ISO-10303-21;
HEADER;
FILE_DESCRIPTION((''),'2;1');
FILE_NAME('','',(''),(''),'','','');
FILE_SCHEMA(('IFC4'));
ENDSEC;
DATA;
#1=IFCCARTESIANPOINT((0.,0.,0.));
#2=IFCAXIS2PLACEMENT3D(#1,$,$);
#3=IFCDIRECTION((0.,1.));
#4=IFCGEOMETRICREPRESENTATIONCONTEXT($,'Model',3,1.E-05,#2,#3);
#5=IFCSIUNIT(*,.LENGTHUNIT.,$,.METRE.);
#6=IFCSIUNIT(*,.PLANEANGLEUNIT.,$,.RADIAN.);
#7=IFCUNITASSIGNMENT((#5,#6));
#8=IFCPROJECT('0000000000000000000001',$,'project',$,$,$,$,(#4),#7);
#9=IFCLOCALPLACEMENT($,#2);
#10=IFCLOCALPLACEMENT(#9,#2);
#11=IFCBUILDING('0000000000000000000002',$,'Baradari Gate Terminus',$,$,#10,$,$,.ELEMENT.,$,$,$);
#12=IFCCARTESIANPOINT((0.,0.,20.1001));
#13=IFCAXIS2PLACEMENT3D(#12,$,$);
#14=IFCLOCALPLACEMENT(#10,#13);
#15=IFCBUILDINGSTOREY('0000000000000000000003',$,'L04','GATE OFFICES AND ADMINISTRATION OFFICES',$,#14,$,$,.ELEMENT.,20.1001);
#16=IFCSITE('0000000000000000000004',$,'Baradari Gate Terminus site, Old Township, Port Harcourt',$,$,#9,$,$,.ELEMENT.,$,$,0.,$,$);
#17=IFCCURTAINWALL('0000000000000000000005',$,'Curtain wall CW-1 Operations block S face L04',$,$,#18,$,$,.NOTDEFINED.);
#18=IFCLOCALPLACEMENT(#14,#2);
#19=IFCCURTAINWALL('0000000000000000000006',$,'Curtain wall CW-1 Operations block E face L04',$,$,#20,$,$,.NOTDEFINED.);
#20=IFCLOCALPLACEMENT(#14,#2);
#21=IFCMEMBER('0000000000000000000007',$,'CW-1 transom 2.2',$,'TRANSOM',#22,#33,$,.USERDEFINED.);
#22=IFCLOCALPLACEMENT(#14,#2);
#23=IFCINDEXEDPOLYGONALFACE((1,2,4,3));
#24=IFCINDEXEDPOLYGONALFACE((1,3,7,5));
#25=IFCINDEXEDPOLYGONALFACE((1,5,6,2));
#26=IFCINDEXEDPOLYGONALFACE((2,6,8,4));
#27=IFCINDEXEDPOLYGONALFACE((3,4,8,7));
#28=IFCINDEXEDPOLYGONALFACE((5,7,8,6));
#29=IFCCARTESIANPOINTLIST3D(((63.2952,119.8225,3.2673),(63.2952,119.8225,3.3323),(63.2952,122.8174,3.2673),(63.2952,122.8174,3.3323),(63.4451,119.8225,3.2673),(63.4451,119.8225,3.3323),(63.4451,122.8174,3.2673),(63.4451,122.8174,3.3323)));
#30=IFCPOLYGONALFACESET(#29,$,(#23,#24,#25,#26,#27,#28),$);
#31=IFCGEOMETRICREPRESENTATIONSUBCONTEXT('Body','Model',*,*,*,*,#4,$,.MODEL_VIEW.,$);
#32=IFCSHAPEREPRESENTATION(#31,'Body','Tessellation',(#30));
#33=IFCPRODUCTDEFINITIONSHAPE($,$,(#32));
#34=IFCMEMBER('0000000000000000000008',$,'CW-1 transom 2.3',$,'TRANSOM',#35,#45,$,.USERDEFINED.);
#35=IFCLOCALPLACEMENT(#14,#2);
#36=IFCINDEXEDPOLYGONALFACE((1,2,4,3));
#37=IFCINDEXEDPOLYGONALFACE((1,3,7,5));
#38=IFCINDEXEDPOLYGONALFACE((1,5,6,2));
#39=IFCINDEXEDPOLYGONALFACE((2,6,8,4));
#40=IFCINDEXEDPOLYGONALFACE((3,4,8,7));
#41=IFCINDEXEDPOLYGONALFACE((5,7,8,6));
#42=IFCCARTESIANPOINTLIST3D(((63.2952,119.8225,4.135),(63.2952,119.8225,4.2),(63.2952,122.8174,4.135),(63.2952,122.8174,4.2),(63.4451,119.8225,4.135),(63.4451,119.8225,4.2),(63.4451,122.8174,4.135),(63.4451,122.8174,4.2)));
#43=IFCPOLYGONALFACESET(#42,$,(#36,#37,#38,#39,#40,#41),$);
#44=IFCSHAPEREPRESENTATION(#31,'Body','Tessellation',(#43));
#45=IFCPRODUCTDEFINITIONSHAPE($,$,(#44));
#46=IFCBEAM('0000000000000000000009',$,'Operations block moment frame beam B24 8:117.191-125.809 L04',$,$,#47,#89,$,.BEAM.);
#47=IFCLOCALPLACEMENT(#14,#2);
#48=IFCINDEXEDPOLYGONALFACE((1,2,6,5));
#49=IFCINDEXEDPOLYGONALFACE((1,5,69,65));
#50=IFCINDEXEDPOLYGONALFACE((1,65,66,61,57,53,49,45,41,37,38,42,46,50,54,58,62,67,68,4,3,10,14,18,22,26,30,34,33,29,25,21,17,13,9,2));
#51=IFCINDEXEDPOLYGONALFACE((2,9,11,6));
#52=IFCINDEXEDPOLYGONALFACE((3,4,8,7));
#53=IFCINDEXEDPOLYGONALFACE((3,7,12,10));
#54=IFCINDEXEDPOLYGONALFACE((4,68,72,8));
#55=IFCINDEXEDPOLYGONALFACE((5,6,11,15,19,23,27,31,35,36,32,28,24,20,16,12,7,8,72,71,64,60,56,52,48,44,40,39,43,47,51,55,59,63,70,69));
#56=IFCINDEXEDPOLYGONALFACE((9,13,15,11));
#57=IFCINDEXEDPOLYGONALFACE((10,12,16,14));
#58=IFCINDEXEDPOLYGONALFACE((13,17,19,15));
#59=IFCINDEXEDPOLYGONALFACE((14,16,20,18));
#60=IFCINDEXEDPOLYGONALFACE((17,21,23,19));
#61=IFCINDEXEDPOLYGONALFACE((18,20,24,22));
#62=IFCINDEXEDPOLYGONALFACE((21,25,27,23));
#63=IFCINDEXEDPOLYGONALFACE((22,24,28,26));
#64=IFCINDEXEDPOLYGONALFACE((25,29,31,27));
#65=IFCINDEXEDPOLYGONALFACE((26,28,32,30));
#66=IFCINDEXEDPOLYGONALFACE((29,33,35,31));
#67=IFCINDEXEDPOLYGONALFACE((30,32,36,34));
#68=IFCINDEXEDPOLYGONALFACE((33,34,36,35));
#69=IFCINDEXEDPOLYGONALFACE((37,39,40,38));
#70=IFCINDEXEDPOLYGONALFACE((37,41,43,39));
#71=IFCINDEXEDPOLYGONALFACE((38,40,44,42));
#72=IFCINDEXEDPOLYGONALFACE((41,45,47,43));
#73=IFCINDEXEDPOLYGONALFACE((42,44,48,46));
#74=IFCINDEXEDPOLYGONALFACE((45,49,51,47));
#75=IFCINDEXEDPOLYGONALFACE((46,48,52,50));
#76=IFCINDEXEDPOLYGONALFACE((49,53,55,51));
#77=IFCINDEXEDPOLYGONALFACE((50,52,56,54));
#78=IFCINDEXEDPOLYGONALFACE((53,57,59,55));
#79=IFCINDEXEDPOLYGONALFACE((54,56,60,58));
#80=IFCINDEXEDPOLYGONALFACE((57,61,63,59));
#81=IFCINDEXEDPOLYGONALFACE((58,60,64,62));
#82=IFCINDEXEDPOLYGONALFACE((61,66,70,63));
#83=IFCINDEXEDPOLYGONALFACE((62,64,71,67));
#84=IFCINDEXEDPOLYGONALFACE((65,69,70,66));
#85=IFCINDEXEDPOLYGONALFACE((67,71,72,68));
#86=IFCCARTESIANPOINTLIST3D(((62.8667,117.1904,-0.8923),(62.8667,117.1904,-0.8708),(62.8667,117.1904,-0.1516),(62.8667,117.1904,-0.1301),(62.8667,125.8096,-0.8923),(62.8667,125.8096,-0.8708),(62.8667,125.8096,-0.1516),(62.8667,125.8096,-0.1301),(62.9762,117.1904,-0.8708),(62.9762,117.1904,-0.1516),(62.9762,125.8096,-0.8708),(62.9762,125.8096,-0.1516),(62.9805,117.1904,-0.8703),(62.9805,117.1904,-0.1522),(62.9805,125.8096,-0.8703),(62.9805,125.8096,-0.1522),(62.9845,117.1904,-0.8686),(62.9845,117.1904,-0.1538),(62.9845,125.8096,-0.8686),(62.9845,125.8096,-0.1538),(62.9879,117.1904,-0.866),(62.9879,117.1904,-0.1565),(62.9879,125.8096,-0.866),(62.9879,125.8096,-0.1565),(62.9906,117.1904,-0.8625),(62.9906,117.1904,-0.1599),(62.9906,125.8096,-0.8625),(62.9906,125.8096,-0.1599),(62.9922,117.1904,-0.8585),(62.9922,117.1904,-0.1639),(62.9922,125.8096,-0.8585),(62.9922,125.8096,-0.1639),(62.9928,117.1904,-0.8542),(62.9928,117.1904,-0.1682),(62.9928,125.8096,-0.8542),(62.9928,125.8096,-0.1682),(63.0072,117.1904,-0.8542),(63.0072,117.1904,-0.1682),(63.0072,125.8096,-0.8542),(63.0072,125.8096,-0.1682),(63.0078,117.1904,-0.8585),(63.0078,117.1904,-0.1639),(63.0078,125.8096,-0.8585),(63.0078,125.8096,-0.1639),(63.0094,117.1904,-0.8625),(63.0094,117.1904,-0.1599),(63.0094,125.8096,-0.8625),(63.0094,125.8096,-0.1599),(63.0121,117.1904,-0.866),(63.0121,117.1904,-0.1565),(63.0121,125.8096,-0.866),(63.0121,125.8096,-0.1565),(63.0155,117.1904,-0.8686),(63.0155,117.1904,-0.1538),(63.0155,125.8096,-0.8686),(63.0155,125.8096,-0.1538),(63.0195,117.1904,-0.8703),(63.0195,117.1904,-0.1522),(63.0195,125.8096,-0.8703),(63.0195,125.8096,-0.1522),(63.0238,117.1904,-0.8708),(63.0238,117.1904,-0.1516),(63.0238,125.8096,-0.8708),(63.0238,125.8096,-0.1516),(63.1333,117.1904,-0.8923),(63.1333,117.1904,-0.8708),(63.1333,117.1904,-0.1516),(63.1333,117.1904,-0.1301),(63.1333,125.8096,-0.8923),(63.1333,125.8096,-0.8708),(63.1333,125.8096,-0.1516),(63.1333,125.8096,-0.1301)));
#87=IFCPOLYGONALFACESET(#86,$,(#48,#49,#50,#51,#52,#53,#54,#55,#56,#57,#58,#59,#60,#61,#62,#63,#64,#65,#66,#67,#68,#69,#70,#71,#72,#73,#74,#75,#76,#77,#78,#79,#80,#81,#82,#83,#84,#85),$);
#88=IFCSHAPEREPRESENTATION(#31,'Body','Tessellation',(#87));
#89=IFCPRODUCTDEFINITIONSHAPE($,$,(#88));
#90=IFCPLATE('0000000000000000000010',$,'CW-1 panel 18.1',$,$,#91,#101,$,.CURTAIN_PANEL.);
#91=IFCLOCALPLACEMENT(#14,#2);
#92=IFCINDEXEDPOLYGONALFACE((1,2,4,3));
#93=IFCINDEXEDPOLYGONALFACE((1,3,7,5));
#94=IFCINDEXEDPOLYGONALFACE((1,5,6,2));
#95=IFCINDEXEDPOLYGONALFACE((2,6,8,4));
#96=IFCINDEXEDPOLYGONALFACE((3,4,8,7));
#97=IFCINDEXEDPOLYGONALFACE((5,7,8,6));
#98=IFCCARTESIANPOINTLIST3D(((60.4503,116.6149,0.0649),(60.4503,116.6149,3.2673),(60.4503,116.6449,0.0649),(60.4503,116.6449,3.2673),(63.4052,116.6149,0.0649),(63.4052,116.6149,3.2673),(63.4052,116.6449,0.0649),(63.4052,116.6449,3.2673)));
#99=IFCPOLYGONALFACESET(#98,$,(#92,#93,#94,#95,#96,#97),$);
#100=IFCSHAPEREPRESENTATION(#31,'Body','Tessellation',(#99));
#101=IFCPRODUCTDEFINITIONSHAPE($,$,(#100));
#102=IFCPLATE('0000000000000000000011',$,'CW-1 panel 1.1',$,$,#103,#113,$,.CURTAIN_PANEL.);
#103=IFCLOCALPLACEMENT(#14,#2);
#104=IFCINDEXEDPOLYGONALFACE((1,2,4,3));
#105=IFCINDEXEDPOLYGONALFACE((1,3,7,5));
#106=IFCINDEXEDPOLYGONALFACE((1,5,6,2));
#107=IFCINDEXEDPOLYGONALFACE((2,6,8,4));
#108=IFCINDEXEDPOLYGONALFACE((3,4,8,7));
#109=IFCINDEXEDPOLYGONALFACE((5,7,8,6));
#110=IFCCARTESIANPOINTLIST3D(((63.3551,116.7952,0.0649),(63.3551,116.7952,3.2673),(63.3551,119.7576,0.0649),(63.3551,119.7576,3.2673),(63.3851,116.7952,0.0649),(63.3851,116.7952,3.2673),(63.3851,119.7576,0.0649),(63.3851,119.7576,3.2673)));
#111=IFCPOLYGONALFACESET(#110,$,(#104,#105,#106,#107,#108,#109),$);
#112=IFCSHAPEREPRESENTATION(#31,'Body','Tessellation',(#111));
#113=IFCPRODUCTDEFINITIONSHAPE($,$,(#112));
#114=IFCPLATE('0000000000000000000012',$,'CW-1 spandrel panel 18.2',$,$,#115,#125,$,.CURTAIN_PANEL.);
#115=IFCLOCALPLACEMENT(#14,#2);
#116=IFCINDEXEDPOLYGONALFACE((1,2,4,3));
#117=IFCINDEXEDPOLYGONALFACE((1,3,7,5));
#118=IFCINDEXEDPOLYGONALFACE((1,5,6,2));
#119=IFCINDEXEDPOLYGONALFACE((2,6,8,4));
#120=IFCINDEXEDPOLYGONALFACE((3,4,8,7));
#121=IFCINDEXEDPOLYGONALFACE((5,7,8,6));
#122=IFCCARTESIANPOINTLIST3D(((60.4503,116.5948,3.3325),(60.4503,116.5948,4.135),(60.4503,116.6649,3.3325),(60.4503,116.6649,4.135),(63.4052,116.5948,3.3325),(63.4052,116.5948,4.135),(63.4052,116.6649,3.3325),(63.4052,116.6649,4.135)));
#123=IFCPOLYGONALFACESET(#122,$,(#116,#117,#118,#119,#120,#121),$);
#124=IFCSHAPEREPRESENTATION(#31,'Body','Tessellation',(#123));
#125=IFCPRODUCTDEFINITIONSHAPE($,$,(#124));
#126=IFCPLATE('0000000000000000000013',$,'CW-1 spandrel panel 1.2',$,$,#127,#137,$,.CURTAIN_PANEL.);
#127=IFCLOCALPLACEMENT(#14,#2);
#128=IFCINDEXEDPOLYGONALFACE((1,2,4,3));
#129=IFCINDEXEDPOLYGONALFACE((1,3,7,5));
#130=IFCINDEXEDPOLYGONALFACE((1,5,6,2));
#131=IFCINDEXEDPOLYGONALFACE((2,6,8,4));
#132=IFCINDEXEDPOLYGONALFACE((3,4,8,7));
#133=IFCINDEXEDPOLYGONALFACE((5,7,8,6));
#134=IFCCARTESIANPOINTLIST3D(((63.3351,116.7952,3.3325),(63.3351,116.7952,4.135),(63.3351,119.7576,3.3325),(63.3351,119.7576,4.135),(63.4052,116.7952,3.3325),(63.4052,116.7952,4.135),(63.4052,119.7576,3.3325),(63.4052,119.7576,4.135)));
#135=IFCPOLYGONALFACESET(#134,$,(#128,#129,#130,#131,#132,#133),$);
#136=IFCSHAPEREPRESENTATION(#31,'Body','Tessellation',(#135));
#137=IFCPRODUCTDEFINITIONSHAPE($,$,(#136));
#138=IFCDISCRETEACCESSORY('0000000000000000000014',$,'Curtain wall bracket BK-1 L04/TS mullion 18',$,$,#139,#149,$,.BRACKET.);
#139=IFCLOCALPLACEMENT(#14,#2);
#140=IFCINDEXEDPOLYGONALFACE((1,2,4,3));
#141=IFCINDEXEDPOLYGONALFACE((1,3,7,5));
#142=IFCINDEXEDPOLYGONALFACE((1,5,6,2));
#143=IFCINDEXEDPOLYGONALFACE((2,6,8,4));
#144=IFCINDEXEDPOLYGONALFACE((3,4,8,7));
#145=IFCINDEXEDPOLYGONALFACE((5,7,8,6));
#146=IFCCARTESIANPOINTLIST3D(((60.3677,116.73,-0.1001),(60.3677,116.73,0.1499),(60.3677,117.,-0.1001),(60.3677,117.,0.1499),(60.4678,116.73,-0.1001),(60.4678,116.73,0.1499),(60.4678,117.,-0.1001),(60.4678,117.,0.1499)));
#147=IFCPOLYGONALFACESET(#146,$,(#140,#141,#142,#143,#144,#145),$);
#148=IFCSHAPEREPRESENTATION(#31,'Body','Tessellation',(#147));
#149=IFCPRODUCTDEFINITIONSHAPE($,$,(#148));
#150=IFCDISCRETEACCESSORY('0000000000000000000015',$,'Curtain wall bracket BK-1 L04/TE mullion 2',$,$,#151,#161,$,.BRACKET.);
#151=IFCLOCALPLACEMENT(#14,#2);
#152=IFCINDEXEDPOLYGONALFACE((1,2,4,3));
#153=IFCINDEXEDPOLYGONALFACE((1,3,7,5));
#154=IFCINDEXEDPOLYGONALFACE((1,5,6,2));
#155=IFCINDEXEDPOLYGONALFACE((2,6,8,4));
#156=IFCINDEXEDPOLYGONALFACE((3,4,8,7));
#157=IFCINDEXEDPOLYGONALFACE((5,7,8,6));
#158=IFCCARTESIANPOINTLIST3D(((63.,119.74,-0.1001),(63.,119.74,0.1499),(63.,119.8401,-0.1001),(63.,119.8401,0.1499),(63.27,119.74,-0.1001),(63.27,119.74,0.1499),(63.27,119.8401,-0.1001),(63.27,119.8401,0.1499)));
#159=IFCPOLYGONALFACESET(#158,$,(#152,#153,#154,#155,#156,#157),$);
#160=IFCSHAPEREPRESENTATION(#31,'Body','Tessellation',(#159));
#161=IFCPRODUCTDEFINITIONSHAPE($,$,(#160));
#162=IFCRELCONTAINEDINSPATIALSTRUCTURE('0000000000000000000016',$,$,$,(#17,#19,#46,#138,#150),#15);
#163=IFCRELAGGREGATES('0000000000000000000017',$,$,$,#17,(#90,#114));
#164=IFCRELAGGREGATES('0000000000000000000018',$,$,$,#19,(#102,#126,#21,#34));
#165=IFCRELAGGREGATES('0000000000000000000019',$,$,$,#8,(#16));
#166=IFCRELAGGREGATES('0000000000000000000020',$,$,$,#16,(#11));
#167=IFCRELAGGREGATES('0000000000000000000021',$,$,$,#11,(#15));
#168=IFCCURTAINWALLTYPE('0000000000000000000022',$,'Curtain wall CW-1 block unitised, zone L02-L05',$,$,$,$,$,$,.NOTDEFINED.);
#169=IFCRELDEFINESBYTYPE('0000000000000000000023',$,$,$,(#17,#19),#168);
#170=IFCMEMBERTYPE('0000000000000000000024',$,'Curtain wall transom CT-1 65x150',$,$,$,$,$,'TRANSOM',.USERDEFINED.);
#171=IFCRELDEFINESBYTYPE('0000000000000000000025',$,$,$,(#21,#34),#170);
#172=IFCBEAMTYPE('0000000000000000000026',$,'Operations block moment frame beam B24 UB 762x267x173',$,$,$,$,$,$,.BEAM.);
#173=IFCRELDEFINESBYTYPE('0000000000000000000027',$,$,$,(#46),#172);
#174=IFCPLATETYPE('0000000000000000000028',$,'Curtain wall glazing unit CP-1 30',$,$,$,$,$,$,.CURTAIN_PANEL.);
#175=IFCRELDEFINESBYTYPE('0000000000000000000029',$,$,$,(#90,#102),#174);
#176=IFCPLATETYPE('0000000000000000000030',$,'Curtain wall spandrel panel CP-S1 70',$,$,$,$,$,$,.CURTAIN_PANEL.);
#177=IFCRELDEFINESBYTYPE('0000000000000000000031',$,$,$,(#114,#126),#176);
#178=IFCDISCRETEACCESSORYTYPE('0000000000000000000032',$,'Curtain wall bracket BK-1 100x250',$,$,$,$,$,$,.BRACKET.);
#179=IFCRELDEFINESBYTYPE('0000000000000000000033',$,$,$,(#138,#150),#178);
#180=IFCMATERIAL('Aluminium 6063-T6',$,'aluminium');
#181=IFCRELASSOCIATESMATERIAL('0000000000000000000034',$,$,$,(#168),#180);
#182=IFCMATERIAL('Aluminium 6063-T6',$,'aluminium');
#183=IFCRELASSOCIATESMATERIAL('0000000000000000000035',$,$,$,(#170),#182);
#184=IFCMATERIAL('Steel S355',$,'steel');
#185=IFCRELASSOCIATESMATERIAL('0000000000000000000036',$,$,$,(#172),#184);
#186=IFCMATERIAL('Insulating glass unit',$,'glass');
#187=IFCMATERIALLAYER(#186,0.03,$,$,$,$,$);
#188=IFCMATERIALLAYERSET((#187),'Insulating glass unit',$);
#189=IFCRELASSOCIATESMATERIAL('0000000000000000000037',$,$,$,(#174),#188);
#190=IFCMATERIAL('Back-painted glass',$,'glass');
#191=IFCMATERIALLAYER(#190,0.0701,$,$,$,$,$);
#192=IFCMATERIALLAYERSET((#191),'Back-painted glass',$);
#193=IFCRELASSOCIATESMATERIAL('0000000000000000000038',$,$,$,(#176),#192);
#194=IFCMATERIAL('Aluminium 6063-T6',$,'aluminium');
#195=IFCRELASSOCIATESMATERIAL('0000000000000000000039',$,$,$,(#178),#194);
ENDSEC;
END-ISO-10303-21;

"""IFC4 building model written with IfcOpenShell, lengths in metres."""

from ifc_helpers import new_model, si_unit, direction, frame, origin, origin_2d, place, context, subcontext, project, spatial, rectangle, i_section, extrude, material, layer, layer_set, material_profile, profile_set, type_object, element, aggregate, save


model = new_model("IFC4")

# Units and contexts
model_context = context("Model", 3, precision=1e-05, world=origin(), true_north=direction((0.0, 1.0)))
body_context = subcontext(model_context, "Body", "Model", "MODEL_VIEW")
ifc_project = project(units=[si_unit("LENGTHUNIT", "METRE"), si_unit("PLANEANGLEUNIT", "RADIAN")], contexts=[model_context])

# Site, building, storey
site_placement = place(None, origin())
site = spatial("IfcSite", under=ifc_project, at=site_placement, Name="Baradari Gate Terminus site, Old Township, Port Harcourt", CompositionType="ELEMENT", RefElevation=0.0)
building_placement = place(site_placement, origin())
building = spatial("IfcBuilding", under=site, at=building_placement, Name="Baradari Gate Terminus", CompositionType="ELEMENT")
storey_placement = place(building_placement, frame((0.0, 0.0, 20.1001)))
storey = spatial("IfcBuildingStorey", under=building, at=storey_placement, Name="L04", Description="GATE OFFICES AND ADMINISTRATION OFFICES", CompositionType="ELEMENT", Elevation=20.1001)

# Curtain walls
ifc_material_1 = material(Name="Aluminium 6063-T6", Category="aluminium")
curtain_wall_type = type_object("IfcCurtainWallType", Name="Curtain wall CW-1 block unitised, zone L02-L05", PredefinedType="NOTDEFINED", material=ifc_material_1)
curtain_wall_1_placement = place(storey_placement, origin())
curtain_wall_1 = element("IfcCurtainWall", 1, at=curtain_wall_1_placement, inside=storey, type_object=curtain_wall_type, Name="Curtain wall CW-1 Operations block S face L04", PredefinedType="NOTDEFINED")
curtain_wall_2_placement = place(storey_placement, origin())
curtain_wall_2 = element("IfcCurtainWall", 2, at=curtain_wall_2_placement, inside=storey, type_object=curtain_wall_type, Name="Curtain wall CW-1 Operations block E face L04", PredefinedType="NOTDEFINED")

# Members
ifc_material_2 = material(Name="Aluminium 6063-T6", Category="aluminium")
ifc_material_profile_1 = material_profile(ifc_material_2, rectangle(XDim=0.1499, YDim=0.0649, at=origin_2d()), Name="CT-1 65X150")
ifc_profile_set_1 = profile_set([ifc_material_profile_1], Name="Aluminium 6063-T6")
member_type_1 = type_object("IfcMemberType", Name="Curtain wall transom CT-1 65x150", ElementType="TRANSOM", PredefinedType="USERDEFINED", material=ifc_profile_set_1)
member_1_placement = place(storey_placement, frame((63.3701, 119.8225, 3.2998), z_axis=(0.0, 1.0, 0.0), x_axis=(-1.0, 0.0, 0.0)))
member_1 = element("IfcMember", 3, at=member_1_placement, type_object=member_type_1, Name="CW-1 transom 2.2", ObjectType="TRANSOM", PredefinedType="USERDEFINED", context=body_context, shape_type="SweptSolid", body=[
    extrude(rectangle(XDim=0.1499, YDim=0.0649, at=origin_2d()), origin(), (0.0, 0.0, 1.0), 2.9949),
])
member_2_placement = place(storey_placement, frame((63.3701, 119.8225, 4.1675), z_axis=(0.0, 1.0, 0.0), x_axis=(-1.0, 0.0, 0.0)))
member_2 = element("IfcMember", 4, at=member_2_placement, type_object=member_type_1, Name="CW-1 transom 2.3", ObjectType="TRANSOM", PredefinedType="USERDEFINED", context=body_context, shape_type="SweptSolid", body=[
    extrude(rectangle(XDim=0.1499, YDim=0.0649, at=origin_2d()), origin(), (0.0, 0.0, 1.0), 2.9949),
])

# Beam
ifc_material_3 = material(Name="Steel S355", Category="steel")
ifc_material_profile_2 = material_profile(ifc_material_3, i_section(OverallWidth=0.2666, OverallDepth=0.7622, WebThickness=0.0144, FlangeThickness=0.0215, FilletRadius=0.0166, at=origin_2d()), Name="UB 762x267x173")
ifc_profile_set_2 = profile_set([ifc_material_profile_2], Name="Steel S355")
beam_type = type_object("IfcBeamType", Name="Operations block moment frame beam B24 UB 762x267x173", PredefinedType="BEAM", material=ifc_profile_set_2)
beam_placement = place(storey_placement, frame((63.0, 117.1904, -0.5112), z_axis=(0.0, 1.0, 0.0), x_axis=(-1.0, 0.0, 0.0)))
element("IfcBeam", 5, at=beam_placement, inside=storey, type_object=beam_type, Name="Operations block moment frame beam B24 8:117.191-125.809 L04", PredefinedType="BEAM", context=body_context, shape_type="SweptSolid", body=[
    extrude(i_section(OverallWidth=0.2666, OverallDepth=0.7622, WebThickness=0.0144, FlangeThickness=0.0215, FilletRadius=0.0166, at=origin_2d()), origin(), (0.0, 0.0, 1.0), 8.6191),
])

# Plates
ifc_material_4 = material(Name="Insulating glass unit", Category="glass")
ifc_layer_1 = layer(ifc_material_4, 0.03)
ifc_layer_set_1 = layer_set([ifc_layer_1], Name="Insulating glass unit")
plate_type_1 = type_object("IfcPlateType", Name="Curtain wall glazing unit CP-1 30", PredefinedType="CURTAIN_PANEL", material=ifc_layer_set_1)
plate_1_placement = place(storey_placement, frame((61.9277, 116.6299, 0.0649), z_axis=(0.0, 0.0, 1.0), x_axis=(1.0, 0.0, 0.0)))
plate_1 = element("IfcPlate", 6, at=plate_1_placement, type_object=plate_type_1, Name="CW-1 panel 18.1", PredefinedType="CURTAIN_PANEL", context=body_context, shape_type="SweptSolid", body=[
    extrude(rectangle(XDim=2.9548, YDim=0.03, at=origin_2d()), origin(), (0.0, 0.0, 1.0), 3.2024),
])
plate_2_placement = place(storey_placement, frame((63.3701, 118.2764, 0.0649), z_axis=(0.0, 0.0, 1.0), x_axis=(0.0, 1.0, 0.0)))
plate_2 = element("IfcPlate", 7, at=plate_2_placement, type_object=plate_type_1, Name="CW-1 panel 1.1", PredefinedType="CURTAIN_PANEL", context=body_context, shape_type="SweptSolid", body=[
    extrude(rectangle(XDim=2.9624, YDim=0.03, at=origin_2d()), origin(), (0.0, 0.0, 1.0), 3.2024),
])
ifc_material_5 = material(Name="Back-painted glass", Category="glass")
ifc_layer_2 = layer(ifc_material_5, 0.0701)
ifc_layer_set_2 = layer_set([ifc_layer_2], Name="Back-painted glass")
plate_type_2 = type_object("IfcPlateType", Name="Curtain wall spandrel panel CP-S1 70", PredefinedType="CURTAIN_PANEL", material=ifc_layer_set_2)
plate_3_placement = place(storey_placement, frame((61.9277, 116.6299, 3.3325), z_axis=(0.0, 0.0, 1.0), x_axis=(1.0, 0.0, 0.0)))
plate_3 = element("IfcPlate", 8, at=plate_3_placement, type_object=plate_type_2, Name="CW-1 spandrel panel 18.2", PredefinedType="CURTAIN_PANEL", context=body_context, shape_type="SweptSolid", body=[
    extrude(rectangle(XDim=2.9548, YDim=0.0701, at=origin_2d()), origin(), (0.0, 0.0, 1.0), 0.8025),
])
aggregate(curtain_wall_1, [plate_1, plate_3])
plate_4_placement = place(storey_placement, frame((63.3701, 118.2764, 3.3325), z_axis=(0.0, 0.0, 1.0), x_axis=(0.0, 1.0, 0.0)))
plate_4 = element("IfcPlate", 9, at=plate_4_placement, type_object=plate_type_2, Name="CW-1 spandrel panel 1.2", PredefinedType="CURTAIN_PANEL", context=body_context, shape_type="SweptSolid", body=[
    extrude(rectangle(XDim=2.9624, YDim=0.0701, at=origin_2d()), origin(), (0.0, 0.0, 1.0), 0.8025),
])
aggregate(curtain_wall_2, [plate_2, plate_4, member_1, member_2])

# Discrete accessories
ifc_material_6 = material(Name="Aluminium 6063-T6", Category="aluminium")
discrete_accessory_type = type_object("IfcDiscreteAccessoryType", Name="Curtain wall bracket BK-1 100x250", PredefinedType="BRACKET", material=ifc_material_6)
for number, where, z_axis, x_axis, name in (
    (10, (60.4177, 116.865, -0.1001), (0.0, 0.0, 1.0), (0.0, -1.0, 0.0), "Curtain wall bracket BK-1 L04/TS mullion 18"),
    (11, (63.135, 119.79, -0.1001), (0.0, 0.0, 1.0), (1.0, 0.0, 0.0), "Curtain wall bracket BK-1 L04/TE mullion 2"),
):
    element("IfcDiscreteAccessory", number, at=place(storey_placement, frame(where, z_axis=z_axis, x_axis=x_axis)), inside=storey, type_object=discrete_accessory_type, Name=name, PredefinedType="BRACKET", context=body_context, shape_type="SweptSolid", body=[
        extrude(rectangle(XDim=0.27, YDim=0.1001, at=origin_2d()), origin(), (0.0, 0.0, 1.0), 0.25),
    ])

save(model, "model.ifc")
